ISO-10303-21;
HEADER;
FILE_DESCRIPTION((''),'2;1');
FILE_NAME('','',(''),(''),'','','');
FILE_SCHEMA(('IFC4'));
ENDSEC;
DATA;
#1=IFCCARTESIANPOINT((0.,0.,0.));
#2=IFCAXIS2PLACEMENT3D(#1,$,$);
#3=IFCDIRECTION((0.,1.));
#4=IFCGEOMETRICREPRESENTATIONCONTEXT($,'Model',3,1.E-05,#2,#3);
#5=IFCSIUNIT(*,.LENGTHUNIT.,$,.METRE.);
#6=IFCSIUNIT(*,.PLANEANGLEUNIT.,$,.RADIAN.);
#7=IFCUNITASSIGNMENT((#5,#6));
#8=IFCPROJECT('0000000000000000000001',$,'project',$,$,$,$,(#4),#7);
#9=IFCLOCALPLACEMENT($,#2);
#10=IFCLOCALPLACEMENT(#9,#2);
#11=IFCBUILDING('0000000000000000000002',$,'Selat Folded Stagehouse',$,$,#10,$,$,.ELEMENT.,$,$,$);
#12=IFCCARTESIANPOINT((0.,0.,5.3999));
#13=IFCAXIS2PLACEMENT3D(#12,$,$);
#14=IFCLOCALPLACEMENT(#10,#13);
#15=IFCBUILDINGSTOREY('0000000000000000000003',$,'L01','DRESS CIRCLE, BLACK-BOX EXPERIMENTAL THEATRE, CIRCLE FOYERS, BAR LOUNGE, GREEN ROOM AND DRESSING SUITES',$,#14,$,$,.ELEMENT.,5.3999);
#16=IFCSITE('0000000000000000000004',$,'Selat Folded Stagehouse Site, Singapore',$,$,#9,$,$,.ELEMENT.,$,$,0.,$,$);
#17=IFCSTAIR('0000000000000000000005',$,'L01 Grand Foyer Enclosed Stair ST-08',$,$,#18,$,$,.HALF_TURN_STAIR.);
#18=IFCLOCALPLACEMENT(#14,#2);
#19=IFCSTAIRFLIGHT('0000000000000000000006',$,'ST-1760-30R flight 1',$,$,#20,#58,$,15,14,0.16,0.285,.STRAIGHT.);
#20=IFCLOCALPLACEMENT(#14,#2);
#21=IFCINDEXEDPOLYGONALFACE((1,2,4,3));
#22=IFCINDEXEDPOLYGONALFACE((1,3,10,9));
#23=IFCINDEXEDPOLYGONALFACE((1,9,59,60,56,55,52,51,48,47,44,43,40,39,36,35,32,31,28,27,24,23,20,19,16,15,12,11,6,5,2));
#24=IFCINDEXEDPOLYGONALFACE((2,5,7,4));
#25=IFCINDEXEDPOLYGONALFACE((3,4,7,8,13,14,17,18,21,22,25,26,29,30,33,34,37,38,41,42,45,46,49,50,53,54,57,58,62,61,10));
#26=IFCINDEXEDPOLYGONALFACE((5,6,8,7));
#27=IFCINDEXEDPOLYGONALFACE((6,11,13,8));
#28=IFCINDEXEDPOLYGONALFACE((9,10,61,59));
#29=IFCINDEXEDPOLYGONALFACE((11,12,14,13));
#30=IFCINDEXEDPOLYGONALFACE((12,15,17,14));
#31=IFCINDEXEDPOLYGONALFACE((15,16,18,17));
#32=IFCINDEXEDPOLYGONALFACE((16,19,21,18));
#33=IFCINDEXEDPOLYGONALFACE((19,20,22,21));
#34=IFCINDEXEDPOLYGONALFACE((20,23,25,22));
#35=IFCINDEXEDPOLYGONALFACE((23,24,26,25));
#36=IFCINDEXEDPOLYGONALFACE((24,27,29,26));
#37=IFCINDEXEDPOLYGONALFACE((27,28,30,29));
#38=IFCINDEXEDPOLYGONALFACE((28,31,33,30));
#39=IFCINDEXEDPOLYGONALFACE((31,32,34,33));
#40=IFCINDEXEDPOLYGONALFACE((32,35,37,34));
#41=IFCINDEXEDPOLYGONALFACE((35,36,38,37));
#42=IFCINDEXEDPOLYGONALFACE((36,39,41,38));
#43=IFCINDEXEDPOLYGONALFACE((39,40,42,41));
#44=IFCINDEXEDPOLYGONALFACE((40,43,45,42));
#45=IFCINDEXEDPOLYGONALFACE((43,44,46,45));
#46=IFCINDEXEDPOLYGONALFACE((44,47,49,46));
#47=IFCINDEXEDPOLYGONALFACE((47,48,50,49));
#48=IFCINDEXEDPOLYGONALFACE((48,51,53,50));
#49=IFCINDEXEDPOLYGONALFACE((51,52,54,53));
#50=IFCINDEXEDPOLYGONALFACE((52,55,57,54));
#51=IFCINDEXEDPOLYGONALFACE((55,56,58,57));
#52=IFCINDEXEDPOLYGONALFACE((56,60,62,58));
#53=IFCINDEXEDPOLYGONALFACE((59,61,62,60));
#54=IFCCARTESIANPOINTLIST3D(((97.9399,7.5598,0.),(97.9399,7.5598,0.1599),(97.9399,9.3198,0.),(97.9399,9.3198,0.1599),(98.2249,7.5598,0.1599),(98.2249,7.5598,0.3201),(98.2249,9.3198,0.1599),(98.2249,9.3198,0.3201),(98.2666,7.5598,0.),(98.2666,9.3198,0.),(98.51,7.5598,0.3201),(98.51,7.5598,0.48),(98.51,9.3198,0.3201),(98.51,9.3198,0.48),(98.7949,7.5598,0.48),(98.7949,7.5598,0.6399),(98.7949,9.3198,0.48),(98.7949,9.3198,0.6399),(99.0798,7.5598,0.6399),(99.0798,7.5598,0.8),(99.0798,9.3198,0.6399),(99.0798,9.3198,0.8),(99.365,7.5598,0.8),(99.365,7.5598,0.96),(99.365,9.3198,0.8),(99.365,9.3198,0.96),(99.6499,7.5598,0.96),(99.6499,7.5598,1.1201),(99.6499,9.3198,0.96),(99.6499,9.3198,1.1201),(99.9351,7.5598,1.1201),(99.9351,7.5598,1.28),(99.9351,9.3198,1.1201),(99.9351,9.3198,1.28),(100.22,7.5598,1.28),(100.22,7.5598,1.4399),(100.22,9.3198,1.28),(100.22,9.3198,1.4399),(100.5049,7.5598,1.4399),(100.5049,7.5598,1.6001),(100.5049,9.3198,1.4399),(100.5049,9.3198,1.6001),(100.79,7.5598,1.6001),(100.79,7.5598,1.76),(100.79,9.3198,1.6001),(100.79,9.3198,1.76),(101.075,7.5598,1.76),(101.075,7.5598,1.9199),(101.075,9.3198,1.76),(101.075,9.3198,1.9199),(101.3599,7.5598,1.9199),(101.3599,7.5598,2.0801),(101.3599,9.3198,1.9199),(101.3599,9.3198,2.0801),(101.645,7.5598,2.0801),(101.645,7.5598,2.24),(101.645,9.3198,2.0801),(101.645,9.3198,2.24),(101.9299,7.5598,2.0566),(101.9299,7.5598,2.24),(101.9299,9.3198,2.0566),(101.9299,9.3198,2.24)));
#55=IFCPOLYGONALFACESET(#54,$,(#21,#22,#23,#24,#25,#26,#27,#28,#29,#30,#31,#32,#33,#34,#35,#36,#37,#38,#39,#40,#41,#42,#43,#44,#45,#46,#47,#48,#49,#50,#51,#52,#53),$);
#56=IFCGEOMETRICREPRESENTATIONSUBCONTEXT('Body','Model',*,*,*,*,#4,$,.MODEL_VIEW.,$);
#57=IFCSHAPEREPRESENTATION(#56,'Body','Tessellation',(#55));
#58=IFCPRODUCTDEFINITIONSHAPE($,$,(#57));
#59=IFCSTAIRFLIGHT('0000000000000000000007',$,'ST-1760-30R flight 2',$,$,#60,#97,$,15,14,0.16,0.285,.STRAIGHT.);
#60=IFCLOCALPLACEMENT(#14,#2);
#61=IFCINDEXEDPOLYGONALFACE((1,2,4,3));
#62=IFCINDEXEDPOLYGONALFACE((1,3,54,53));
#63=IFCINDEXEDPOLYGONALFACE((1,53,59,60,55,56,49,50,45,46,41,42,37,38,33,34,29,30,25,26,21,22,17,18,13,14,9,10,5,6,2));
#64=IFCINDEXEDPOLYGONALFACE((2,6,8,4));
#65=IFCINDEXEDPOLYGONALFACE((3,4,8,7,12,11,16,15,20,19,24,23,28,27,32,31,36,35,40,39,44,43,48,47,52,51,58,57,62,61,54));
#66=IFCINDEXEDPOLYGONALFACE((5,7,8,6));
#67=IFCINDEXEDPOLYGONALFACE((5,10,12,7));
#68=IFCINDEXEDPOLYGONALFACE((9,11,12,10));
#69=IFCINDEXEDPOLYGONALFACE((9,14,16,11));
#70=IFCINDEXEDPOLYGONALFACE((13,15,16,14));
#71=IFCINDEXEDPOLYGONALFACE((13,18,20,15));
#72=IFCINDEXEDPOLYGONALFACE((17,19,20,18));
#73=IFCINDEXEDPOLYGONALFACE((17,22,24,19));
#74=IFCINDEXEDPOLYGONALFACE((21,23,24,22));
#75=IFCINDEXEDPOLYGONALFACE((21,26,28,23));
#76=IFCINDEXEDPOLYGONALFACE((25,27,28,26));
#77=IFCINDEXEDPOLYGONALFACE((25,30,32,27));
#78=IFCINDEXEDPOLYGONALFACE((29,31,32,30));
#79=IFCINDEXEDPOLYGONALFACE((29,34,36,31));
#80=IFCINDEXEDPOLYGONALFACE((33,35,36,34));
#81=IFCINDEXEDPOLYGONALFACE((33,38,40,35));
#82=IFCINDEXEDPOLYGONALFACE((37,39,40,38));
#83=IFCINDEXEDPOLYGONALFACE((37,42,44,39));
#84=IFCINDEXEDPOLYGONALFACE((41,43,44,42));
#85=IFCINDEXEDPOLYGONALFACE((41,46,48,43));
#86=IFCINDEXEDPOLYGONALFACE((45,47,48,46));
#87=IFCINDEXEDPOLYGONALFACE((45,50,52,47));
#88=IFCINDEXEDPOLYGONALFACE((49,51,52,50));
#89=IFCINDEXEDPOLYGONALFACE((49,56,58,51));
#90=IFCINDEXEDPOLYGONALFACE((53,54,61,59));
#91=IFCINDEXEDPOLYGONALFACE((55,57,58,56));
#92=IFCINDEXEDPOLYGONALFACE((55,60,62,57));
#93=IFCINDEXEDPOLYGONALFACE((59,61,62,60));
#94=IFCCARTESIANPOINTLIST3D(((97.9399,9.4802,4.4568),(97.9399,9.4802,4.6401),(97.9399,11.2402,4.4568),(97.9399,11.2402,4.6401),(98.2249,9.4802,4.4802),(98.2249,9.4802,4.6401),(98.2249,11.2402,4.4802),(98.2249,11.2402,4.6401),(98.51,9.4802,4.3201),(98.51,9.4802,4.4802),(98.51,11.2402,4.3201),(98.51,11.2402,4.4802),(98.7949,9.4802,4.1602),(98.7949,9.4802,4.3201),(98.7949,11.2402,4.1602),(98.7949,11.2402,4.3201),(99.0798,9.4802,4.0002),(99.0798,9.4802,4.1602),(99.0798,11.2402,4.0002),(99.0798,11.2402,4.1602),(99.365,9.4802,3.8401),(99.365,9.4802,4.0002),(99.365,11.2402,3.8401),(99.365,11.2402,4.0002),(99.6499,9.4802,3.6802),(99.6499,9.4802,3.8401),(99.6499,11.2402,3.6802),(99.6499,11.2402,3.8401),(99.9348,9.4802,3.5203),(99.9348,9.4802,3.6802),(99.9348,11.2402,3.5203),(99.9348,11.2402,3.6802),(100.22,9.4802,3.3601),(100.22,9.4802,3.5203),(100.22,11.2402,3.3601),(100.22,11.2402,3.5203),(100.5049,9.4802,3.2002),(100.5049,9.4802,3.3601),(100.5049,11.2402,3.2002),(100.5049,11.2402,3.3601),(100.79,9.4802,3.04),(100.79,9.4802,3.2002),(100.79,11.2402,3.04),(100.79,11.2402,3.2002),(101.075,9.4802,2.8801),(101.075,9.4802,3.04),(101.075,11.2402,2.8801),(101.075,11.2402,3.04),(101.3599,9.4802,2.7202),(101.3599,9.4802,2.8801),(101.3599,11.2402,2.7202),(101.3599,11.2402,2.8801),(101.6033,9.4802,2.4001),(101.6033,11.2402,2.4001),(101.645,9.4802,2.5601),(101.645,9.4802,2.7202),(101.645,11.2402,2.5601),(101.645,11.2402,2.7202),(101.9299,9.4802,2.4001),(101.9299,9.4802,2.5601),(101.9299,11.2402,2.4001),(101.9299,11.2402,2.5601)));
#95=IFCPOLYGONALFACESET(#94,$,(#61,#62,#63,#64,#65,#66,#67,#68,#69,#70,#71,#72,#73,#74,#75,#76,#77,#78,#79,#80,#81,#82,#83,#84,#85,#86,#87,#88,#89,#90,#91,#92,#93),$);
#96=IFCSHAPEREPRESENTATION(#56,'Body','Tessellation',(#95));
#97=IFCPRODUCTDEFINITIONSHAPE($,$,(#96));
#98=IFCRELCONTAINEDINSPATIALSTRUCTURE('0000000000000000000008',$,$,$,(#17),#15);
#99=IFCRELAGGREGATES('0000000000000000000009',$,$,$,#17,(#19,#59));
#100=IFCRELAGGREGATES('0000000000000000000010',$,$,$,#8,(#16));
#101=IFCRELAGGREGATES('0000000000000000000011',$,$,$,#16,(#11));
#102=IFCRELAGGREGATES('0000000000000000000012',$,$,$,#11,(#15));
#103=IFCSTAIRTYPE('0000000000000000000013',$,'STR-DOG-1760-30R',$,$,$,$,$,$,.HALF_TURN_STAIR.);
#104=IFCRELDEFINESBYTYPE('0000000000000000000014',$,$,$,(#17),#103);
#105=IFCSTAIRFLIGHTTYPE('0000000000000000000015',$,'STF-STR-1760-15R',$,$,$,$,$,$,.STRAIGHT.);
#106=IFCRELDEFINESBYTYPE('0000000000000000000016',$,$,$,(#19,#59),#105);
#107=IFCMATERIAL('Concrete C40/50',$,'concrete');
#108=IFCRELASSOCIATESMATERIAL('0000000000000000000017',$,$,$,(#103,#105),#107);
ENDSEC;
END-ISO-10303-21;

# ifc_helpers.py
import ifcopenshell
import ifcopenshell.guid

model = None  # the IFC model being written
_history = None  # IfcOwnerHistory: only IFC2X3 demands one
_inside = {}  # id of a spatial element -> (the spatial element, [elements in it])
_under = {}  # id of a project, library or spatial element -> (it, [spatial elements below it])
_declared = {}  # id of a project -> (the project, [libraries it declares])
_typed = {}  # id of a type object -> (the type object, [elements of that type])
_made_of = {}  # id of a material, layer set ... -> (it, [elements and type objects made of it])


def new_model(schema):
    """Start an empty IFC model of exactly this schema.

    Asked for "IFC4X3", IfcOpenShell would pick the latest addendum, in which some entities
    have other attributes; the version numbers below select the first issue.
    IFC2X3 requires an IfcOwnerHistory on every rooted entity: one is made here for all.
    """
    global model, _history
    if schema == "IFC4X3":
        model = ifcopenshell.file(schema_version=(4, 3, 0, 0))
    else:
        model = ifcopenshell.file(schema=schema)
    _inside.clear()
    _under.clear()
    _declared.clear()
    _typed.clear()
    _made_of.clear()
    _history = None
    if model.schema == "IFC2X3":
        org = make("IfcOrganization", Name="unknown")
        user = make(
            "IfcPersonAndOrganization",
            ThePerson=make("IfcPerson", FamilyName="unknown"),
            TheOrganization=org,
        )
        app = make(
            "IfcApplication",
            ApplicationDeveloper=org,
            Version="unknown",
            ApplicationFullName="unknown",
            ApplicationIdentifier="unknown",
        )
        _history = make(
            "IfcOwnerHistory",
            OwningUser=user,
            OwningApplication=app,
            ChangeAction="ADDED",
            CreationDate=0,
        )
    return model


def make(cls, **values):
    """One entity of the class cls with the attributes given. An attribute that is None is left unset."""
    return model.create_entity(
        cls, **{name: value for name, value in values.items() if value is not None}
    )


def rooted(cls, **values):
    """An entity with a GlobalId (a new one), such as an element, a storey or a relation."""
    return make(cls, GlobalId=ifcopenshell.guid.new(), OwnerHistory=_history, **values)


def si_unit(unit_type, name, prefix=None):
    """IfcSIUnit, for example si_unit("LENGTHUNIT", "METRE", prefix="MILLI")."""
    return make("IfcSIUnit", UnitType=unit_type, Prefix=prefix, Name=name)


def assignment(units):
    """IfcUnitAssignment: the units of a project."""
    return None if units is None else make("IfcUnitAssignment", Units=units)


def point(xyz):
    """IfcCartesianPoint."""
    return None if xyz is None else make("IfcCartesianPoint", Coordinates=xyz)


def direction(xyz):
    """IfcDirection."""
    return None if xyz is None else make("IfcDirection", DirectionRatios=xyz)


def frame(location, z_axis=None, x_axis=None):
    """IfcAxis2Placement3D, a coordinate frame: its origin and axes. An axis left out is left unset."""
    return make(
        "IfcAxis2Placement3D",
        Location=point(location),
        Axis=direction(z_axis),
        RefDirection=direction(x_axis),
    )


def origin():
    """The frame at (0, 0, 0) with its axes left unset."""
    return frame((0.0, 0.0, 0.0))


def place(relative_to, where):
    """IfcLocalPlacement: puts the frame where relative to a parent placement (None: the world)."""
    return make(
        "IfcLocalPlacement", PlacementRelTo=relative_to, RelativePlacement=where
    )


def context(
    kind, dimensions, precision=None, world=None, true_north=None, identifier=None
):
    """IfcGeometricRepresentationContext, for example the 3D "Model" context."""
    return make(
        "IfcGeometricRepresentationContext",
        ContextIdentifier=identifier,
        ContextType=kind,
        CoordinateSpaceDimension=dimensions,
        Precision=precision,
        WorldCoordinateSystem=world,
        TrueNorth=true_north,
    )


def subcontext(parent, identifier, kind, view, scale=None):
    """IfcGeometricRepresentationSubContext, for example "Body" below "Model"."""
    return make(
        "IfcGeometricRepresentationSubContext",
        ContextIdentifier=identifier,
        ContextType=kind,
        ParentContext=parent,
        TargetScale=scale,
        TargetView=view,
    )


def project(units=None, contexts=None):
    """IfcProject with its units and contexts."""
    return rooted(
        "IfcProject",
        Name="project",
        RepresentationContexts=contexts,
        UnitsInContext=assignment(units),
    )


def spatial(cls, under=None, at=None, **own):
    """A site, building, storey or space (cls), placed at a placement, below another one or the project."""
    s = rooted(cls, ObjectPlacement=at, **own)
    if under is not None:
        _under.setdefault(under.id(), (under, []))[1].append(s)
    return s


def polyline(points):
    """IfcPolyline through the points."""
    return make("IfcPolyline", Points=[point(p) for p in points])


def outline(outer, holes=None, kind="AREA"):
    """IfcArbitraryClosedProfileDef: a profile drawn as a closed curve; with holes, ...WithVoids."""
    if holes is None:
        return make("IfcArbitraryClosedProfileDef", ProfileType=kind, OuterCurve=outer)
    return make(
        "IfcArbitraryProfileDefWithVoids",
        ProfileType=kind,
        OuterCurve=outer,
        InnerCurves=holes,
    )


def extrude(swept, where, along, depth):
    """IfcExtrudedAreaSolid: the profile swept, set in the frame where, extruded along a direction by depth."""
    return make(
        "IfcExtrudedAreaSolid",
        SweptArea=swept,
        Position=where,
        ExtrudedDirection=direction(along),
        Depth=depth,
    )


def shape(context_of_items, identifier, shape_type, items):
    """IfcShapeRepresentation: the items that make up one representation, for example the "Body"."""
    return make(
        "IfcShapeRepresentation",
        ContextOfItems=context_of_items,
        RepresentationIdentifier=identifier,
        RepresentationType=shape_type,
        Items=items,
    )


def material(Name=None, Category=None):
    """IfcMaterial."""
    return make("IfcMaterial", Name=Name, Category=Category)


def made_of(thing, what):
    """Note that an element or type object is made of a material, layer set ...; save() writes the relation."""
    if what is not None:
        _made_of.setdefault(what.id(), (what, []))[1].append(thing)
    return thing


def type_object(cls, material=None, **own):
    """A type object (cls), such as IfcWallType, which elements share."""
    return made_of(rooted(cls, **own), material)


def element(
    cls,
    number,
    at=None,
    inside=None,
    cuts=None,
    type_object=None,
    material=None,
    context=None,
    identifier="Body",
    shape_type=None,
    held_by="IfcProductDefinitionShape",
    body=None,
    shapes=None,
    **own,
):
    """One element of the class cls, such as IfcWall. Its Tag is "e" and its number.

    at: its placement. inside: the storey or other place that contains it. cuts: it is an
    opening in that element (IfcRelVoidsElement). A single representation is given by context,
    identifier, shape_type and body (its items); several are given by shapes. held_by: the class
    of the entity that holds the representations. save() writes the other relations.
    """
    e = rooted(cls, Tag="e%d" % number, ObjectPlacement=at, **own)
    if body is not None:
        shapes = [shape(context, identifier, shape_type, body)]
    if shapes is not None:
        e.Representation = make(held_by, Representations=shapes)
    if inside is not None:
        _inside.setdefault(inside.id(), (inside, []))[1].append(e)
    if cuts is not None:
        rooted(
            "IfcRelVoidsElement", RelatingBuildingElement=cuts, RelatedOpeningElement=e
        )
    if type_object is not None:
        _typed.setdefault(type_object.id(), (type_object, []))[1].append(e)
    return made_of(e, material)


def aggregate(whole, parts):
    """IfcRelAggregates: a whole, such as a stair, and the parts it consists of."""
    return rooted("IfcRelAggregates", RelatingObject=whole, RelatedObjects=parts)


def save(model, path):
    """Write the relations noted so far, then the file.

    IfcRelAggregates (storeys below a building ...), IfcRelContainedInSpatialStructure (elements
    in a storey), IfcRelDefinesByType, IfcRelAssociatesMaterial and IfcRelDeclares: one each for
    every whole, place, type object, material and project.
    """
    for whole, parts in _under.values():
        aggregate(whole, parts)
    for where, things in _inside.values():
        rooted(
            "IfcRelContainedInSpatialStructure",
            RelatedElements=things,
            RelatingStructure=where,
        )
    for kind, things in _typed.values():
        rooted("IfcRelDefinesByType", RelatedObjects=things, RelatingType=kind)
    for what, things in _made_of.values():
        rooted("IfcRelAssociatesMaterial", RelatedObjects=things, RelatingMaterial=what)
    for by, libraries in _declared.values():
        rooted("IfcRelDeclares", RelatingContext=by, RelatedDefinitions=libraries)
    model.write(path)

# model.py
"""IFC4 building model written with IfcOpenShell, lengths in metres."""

from ifc_helpers import new_model, si_unit, direction, frame, origin, place, context, subcontext, project, spatial, polyline, outline, extrude, material, type_object, element, aggregate, save


model = new_model("IFC4")

# Units and contexts
model_context = context("Model", 3, precision=1e-05, world=origin(), true_north=direction((0.0, 1.0)))
body_context = subcontext(model_context, "Body", "Model", "MODEL_VIEW")
ifc_project = project(units=[si_unit("LENGTHUNIT", "METRE"), si_unit("PLANEANGLEUNIT", "RADIAN")], contexts=[model_context])

# Site, building, storey
site_placement = place(None, origin())
site = spatial("IfcSite", under=ifc_project, at=site_placement, Name="Selat Folded Stagehouse Site, Singapore", CompositionType="ELEMENT", RefElevation=0.0)
building_placement = place(site_placement, origin())
building = spatial("IfcBuilding", under=site, at=building_placement, Name="Selat Folded Stagehouse", CompositionType="ELEMENT")
storey_placement = place(building_placement, frame((0.0, 0.0, 5.3999)))
storey = spatial("IfcBuildingStorey", under=building, at=storey_placement, Name="L01", Description="DRESS CIRCLE, BLACK-BOX EXPERIMENTAL THEATRE, CIRCLE FOYERS, BAR LOUNGE, GREEN ROOM AND DRESSING SUITES", CompositionType="ELEMENT", Elevation=5.3999)

# Stair, stair flights
ifc_material_1 = material(Name="Concrete C40/50", Category="concrete")
stair_type = type_object("IfcStairType", Name="STR-DOG-1760-30R", PredefinedType="HALF_TURN_STAIR", material=ifc_material_1)
stair_placement = place(storey_placement, origin())
stair = element("IfcStair", 1, at=stair_placement, inside=storey, type_object=stair_type, Name="L01 Grand Foyer Enclosed Stair ST-08", PredefinedType="HALF_TURN_STAIR")
stair_flight_type = type_object("IfcStairFlightType", Name="STF-STR-1760-15R", PredefinedType="STRAIGHT", material=ifc_material_1)
stair_flight_1_placement = place(storey_placement, frame((97.9399, 8.4399, 0.0), z_axis=(0.0, 0.0, 1.0), x_axis=(1.0, 0.0, 0.0)))
stair_flight_1 = element("IfcStairFlight", 2, at=stair_flight_1_placement, type_object=stair_flight_type, Name="ST-1760-30R flight 1", NumberOfRisers=15, NumberOfTreads=14, PredefinedType="STRAIGHT", RiserHeight=0.16, TreadLength=0.285, context=body_context, shape_type="SweptSolid", body=[
    extrude(outline(polyline([(0.0, 0.0), (0.0, 0.1599), (0.2849, 0.1599), (0.2849, 0.3201), (0.5701, 0.3201), (0.5701, 0.48), (0.855, 0.48), (0.855, 0.6399), (1.1399, 0.6399), (1.1399, 0.8), (1.425, 0.8), (1.425, 0.96), (1.71, 0.96), (1.71, 1.1201), (1.9951, 1.1201), (1.9951, 1.28), (2.28, 1.28), (2.28, 1.4399), (2.5649, 1.4399), (2.5649, 1.6001), (2.8501, 1.6001), (2.8501, 1.76), (3.135, 1.76), (3.135, 1.9199), (3.4199, 1.9199), (3.4199, 2.0801), (3.7051, 2.0801), (3.7051, 2.24), (3.99, 2.24), (3.99, 2.3999), (3.99, 2.0566), (0.3267, 0.0), (0.0, 0.0)])), frame((0.0, 0.8799, 0.0), z_axis=(0.0, -1.0, 0.0), x_axis=(1.0, 0.0, 0.0)), (0.0, 0.0, 1.0), 1.76),
])
stair_flight_2_placement = place(storey_placement, frame((101.9299, 10.3601, 2.4001), z_axis=(0.0, 0.0, 1.0), x_axis=(-1.0, 0.0, 0.0)))
stair_flight_2 = element("IfcStairFlight", 3, at=stair_flight_2_placement, type_object=stair_flight_type, Name="ST-1760-30R flight 2", NumberOfRisers=15, NumberOfTreads=14, PredefinedType="STRAIGHT", RiserHeight=0.16, TreadLength=0.285, context=body_context, shape_type="SweptSolid", body=[
    extrude(outline(polyline([(0.0, 0.0), (0.0, 0.1599), (0.2849, 0.1599), (0.2849, 0.3201), (0.5701, 0.3201), (0.5701, 0.48), (0.855, 0.48), (0.855, 0.6399), (1.1399, 0.6399), (1.1399, 0.8), (1.425, 0.8), (1.425, 0.96), (1.71, 0.96), (1.71, 1.1201), (1.9951, 1.1201), (1.9951, 1.28), (2.28, 1.28), (2.28, 1.4399), (2.5649, 1.4399), (2.5649, 1.6001), (2.8501, 1.6001), (2.8501, 1.76), (3.135, 1.76), (3.135, 1.9199), (3.4199, 1.9199), (3.4199, 2.0801), (3.7051, 2.0801), (3.7051, 2.24), (3.99, 2.24), (3.99, 2.3999), (3.99, 2.0566), (0.3267, 0.0), (0.0, 0.0)])), frame((0.0, 0.8799, 0.0), z_axis=(0.0, -1.0, 0.0), x_axis=(1.0, 0.0, 0.0)), (0.0, 0.0, 1.0), 1.76),
])
aggregate(stair, [stair_flight_1, stair_flight_2])

save(model, "model.ifc")
